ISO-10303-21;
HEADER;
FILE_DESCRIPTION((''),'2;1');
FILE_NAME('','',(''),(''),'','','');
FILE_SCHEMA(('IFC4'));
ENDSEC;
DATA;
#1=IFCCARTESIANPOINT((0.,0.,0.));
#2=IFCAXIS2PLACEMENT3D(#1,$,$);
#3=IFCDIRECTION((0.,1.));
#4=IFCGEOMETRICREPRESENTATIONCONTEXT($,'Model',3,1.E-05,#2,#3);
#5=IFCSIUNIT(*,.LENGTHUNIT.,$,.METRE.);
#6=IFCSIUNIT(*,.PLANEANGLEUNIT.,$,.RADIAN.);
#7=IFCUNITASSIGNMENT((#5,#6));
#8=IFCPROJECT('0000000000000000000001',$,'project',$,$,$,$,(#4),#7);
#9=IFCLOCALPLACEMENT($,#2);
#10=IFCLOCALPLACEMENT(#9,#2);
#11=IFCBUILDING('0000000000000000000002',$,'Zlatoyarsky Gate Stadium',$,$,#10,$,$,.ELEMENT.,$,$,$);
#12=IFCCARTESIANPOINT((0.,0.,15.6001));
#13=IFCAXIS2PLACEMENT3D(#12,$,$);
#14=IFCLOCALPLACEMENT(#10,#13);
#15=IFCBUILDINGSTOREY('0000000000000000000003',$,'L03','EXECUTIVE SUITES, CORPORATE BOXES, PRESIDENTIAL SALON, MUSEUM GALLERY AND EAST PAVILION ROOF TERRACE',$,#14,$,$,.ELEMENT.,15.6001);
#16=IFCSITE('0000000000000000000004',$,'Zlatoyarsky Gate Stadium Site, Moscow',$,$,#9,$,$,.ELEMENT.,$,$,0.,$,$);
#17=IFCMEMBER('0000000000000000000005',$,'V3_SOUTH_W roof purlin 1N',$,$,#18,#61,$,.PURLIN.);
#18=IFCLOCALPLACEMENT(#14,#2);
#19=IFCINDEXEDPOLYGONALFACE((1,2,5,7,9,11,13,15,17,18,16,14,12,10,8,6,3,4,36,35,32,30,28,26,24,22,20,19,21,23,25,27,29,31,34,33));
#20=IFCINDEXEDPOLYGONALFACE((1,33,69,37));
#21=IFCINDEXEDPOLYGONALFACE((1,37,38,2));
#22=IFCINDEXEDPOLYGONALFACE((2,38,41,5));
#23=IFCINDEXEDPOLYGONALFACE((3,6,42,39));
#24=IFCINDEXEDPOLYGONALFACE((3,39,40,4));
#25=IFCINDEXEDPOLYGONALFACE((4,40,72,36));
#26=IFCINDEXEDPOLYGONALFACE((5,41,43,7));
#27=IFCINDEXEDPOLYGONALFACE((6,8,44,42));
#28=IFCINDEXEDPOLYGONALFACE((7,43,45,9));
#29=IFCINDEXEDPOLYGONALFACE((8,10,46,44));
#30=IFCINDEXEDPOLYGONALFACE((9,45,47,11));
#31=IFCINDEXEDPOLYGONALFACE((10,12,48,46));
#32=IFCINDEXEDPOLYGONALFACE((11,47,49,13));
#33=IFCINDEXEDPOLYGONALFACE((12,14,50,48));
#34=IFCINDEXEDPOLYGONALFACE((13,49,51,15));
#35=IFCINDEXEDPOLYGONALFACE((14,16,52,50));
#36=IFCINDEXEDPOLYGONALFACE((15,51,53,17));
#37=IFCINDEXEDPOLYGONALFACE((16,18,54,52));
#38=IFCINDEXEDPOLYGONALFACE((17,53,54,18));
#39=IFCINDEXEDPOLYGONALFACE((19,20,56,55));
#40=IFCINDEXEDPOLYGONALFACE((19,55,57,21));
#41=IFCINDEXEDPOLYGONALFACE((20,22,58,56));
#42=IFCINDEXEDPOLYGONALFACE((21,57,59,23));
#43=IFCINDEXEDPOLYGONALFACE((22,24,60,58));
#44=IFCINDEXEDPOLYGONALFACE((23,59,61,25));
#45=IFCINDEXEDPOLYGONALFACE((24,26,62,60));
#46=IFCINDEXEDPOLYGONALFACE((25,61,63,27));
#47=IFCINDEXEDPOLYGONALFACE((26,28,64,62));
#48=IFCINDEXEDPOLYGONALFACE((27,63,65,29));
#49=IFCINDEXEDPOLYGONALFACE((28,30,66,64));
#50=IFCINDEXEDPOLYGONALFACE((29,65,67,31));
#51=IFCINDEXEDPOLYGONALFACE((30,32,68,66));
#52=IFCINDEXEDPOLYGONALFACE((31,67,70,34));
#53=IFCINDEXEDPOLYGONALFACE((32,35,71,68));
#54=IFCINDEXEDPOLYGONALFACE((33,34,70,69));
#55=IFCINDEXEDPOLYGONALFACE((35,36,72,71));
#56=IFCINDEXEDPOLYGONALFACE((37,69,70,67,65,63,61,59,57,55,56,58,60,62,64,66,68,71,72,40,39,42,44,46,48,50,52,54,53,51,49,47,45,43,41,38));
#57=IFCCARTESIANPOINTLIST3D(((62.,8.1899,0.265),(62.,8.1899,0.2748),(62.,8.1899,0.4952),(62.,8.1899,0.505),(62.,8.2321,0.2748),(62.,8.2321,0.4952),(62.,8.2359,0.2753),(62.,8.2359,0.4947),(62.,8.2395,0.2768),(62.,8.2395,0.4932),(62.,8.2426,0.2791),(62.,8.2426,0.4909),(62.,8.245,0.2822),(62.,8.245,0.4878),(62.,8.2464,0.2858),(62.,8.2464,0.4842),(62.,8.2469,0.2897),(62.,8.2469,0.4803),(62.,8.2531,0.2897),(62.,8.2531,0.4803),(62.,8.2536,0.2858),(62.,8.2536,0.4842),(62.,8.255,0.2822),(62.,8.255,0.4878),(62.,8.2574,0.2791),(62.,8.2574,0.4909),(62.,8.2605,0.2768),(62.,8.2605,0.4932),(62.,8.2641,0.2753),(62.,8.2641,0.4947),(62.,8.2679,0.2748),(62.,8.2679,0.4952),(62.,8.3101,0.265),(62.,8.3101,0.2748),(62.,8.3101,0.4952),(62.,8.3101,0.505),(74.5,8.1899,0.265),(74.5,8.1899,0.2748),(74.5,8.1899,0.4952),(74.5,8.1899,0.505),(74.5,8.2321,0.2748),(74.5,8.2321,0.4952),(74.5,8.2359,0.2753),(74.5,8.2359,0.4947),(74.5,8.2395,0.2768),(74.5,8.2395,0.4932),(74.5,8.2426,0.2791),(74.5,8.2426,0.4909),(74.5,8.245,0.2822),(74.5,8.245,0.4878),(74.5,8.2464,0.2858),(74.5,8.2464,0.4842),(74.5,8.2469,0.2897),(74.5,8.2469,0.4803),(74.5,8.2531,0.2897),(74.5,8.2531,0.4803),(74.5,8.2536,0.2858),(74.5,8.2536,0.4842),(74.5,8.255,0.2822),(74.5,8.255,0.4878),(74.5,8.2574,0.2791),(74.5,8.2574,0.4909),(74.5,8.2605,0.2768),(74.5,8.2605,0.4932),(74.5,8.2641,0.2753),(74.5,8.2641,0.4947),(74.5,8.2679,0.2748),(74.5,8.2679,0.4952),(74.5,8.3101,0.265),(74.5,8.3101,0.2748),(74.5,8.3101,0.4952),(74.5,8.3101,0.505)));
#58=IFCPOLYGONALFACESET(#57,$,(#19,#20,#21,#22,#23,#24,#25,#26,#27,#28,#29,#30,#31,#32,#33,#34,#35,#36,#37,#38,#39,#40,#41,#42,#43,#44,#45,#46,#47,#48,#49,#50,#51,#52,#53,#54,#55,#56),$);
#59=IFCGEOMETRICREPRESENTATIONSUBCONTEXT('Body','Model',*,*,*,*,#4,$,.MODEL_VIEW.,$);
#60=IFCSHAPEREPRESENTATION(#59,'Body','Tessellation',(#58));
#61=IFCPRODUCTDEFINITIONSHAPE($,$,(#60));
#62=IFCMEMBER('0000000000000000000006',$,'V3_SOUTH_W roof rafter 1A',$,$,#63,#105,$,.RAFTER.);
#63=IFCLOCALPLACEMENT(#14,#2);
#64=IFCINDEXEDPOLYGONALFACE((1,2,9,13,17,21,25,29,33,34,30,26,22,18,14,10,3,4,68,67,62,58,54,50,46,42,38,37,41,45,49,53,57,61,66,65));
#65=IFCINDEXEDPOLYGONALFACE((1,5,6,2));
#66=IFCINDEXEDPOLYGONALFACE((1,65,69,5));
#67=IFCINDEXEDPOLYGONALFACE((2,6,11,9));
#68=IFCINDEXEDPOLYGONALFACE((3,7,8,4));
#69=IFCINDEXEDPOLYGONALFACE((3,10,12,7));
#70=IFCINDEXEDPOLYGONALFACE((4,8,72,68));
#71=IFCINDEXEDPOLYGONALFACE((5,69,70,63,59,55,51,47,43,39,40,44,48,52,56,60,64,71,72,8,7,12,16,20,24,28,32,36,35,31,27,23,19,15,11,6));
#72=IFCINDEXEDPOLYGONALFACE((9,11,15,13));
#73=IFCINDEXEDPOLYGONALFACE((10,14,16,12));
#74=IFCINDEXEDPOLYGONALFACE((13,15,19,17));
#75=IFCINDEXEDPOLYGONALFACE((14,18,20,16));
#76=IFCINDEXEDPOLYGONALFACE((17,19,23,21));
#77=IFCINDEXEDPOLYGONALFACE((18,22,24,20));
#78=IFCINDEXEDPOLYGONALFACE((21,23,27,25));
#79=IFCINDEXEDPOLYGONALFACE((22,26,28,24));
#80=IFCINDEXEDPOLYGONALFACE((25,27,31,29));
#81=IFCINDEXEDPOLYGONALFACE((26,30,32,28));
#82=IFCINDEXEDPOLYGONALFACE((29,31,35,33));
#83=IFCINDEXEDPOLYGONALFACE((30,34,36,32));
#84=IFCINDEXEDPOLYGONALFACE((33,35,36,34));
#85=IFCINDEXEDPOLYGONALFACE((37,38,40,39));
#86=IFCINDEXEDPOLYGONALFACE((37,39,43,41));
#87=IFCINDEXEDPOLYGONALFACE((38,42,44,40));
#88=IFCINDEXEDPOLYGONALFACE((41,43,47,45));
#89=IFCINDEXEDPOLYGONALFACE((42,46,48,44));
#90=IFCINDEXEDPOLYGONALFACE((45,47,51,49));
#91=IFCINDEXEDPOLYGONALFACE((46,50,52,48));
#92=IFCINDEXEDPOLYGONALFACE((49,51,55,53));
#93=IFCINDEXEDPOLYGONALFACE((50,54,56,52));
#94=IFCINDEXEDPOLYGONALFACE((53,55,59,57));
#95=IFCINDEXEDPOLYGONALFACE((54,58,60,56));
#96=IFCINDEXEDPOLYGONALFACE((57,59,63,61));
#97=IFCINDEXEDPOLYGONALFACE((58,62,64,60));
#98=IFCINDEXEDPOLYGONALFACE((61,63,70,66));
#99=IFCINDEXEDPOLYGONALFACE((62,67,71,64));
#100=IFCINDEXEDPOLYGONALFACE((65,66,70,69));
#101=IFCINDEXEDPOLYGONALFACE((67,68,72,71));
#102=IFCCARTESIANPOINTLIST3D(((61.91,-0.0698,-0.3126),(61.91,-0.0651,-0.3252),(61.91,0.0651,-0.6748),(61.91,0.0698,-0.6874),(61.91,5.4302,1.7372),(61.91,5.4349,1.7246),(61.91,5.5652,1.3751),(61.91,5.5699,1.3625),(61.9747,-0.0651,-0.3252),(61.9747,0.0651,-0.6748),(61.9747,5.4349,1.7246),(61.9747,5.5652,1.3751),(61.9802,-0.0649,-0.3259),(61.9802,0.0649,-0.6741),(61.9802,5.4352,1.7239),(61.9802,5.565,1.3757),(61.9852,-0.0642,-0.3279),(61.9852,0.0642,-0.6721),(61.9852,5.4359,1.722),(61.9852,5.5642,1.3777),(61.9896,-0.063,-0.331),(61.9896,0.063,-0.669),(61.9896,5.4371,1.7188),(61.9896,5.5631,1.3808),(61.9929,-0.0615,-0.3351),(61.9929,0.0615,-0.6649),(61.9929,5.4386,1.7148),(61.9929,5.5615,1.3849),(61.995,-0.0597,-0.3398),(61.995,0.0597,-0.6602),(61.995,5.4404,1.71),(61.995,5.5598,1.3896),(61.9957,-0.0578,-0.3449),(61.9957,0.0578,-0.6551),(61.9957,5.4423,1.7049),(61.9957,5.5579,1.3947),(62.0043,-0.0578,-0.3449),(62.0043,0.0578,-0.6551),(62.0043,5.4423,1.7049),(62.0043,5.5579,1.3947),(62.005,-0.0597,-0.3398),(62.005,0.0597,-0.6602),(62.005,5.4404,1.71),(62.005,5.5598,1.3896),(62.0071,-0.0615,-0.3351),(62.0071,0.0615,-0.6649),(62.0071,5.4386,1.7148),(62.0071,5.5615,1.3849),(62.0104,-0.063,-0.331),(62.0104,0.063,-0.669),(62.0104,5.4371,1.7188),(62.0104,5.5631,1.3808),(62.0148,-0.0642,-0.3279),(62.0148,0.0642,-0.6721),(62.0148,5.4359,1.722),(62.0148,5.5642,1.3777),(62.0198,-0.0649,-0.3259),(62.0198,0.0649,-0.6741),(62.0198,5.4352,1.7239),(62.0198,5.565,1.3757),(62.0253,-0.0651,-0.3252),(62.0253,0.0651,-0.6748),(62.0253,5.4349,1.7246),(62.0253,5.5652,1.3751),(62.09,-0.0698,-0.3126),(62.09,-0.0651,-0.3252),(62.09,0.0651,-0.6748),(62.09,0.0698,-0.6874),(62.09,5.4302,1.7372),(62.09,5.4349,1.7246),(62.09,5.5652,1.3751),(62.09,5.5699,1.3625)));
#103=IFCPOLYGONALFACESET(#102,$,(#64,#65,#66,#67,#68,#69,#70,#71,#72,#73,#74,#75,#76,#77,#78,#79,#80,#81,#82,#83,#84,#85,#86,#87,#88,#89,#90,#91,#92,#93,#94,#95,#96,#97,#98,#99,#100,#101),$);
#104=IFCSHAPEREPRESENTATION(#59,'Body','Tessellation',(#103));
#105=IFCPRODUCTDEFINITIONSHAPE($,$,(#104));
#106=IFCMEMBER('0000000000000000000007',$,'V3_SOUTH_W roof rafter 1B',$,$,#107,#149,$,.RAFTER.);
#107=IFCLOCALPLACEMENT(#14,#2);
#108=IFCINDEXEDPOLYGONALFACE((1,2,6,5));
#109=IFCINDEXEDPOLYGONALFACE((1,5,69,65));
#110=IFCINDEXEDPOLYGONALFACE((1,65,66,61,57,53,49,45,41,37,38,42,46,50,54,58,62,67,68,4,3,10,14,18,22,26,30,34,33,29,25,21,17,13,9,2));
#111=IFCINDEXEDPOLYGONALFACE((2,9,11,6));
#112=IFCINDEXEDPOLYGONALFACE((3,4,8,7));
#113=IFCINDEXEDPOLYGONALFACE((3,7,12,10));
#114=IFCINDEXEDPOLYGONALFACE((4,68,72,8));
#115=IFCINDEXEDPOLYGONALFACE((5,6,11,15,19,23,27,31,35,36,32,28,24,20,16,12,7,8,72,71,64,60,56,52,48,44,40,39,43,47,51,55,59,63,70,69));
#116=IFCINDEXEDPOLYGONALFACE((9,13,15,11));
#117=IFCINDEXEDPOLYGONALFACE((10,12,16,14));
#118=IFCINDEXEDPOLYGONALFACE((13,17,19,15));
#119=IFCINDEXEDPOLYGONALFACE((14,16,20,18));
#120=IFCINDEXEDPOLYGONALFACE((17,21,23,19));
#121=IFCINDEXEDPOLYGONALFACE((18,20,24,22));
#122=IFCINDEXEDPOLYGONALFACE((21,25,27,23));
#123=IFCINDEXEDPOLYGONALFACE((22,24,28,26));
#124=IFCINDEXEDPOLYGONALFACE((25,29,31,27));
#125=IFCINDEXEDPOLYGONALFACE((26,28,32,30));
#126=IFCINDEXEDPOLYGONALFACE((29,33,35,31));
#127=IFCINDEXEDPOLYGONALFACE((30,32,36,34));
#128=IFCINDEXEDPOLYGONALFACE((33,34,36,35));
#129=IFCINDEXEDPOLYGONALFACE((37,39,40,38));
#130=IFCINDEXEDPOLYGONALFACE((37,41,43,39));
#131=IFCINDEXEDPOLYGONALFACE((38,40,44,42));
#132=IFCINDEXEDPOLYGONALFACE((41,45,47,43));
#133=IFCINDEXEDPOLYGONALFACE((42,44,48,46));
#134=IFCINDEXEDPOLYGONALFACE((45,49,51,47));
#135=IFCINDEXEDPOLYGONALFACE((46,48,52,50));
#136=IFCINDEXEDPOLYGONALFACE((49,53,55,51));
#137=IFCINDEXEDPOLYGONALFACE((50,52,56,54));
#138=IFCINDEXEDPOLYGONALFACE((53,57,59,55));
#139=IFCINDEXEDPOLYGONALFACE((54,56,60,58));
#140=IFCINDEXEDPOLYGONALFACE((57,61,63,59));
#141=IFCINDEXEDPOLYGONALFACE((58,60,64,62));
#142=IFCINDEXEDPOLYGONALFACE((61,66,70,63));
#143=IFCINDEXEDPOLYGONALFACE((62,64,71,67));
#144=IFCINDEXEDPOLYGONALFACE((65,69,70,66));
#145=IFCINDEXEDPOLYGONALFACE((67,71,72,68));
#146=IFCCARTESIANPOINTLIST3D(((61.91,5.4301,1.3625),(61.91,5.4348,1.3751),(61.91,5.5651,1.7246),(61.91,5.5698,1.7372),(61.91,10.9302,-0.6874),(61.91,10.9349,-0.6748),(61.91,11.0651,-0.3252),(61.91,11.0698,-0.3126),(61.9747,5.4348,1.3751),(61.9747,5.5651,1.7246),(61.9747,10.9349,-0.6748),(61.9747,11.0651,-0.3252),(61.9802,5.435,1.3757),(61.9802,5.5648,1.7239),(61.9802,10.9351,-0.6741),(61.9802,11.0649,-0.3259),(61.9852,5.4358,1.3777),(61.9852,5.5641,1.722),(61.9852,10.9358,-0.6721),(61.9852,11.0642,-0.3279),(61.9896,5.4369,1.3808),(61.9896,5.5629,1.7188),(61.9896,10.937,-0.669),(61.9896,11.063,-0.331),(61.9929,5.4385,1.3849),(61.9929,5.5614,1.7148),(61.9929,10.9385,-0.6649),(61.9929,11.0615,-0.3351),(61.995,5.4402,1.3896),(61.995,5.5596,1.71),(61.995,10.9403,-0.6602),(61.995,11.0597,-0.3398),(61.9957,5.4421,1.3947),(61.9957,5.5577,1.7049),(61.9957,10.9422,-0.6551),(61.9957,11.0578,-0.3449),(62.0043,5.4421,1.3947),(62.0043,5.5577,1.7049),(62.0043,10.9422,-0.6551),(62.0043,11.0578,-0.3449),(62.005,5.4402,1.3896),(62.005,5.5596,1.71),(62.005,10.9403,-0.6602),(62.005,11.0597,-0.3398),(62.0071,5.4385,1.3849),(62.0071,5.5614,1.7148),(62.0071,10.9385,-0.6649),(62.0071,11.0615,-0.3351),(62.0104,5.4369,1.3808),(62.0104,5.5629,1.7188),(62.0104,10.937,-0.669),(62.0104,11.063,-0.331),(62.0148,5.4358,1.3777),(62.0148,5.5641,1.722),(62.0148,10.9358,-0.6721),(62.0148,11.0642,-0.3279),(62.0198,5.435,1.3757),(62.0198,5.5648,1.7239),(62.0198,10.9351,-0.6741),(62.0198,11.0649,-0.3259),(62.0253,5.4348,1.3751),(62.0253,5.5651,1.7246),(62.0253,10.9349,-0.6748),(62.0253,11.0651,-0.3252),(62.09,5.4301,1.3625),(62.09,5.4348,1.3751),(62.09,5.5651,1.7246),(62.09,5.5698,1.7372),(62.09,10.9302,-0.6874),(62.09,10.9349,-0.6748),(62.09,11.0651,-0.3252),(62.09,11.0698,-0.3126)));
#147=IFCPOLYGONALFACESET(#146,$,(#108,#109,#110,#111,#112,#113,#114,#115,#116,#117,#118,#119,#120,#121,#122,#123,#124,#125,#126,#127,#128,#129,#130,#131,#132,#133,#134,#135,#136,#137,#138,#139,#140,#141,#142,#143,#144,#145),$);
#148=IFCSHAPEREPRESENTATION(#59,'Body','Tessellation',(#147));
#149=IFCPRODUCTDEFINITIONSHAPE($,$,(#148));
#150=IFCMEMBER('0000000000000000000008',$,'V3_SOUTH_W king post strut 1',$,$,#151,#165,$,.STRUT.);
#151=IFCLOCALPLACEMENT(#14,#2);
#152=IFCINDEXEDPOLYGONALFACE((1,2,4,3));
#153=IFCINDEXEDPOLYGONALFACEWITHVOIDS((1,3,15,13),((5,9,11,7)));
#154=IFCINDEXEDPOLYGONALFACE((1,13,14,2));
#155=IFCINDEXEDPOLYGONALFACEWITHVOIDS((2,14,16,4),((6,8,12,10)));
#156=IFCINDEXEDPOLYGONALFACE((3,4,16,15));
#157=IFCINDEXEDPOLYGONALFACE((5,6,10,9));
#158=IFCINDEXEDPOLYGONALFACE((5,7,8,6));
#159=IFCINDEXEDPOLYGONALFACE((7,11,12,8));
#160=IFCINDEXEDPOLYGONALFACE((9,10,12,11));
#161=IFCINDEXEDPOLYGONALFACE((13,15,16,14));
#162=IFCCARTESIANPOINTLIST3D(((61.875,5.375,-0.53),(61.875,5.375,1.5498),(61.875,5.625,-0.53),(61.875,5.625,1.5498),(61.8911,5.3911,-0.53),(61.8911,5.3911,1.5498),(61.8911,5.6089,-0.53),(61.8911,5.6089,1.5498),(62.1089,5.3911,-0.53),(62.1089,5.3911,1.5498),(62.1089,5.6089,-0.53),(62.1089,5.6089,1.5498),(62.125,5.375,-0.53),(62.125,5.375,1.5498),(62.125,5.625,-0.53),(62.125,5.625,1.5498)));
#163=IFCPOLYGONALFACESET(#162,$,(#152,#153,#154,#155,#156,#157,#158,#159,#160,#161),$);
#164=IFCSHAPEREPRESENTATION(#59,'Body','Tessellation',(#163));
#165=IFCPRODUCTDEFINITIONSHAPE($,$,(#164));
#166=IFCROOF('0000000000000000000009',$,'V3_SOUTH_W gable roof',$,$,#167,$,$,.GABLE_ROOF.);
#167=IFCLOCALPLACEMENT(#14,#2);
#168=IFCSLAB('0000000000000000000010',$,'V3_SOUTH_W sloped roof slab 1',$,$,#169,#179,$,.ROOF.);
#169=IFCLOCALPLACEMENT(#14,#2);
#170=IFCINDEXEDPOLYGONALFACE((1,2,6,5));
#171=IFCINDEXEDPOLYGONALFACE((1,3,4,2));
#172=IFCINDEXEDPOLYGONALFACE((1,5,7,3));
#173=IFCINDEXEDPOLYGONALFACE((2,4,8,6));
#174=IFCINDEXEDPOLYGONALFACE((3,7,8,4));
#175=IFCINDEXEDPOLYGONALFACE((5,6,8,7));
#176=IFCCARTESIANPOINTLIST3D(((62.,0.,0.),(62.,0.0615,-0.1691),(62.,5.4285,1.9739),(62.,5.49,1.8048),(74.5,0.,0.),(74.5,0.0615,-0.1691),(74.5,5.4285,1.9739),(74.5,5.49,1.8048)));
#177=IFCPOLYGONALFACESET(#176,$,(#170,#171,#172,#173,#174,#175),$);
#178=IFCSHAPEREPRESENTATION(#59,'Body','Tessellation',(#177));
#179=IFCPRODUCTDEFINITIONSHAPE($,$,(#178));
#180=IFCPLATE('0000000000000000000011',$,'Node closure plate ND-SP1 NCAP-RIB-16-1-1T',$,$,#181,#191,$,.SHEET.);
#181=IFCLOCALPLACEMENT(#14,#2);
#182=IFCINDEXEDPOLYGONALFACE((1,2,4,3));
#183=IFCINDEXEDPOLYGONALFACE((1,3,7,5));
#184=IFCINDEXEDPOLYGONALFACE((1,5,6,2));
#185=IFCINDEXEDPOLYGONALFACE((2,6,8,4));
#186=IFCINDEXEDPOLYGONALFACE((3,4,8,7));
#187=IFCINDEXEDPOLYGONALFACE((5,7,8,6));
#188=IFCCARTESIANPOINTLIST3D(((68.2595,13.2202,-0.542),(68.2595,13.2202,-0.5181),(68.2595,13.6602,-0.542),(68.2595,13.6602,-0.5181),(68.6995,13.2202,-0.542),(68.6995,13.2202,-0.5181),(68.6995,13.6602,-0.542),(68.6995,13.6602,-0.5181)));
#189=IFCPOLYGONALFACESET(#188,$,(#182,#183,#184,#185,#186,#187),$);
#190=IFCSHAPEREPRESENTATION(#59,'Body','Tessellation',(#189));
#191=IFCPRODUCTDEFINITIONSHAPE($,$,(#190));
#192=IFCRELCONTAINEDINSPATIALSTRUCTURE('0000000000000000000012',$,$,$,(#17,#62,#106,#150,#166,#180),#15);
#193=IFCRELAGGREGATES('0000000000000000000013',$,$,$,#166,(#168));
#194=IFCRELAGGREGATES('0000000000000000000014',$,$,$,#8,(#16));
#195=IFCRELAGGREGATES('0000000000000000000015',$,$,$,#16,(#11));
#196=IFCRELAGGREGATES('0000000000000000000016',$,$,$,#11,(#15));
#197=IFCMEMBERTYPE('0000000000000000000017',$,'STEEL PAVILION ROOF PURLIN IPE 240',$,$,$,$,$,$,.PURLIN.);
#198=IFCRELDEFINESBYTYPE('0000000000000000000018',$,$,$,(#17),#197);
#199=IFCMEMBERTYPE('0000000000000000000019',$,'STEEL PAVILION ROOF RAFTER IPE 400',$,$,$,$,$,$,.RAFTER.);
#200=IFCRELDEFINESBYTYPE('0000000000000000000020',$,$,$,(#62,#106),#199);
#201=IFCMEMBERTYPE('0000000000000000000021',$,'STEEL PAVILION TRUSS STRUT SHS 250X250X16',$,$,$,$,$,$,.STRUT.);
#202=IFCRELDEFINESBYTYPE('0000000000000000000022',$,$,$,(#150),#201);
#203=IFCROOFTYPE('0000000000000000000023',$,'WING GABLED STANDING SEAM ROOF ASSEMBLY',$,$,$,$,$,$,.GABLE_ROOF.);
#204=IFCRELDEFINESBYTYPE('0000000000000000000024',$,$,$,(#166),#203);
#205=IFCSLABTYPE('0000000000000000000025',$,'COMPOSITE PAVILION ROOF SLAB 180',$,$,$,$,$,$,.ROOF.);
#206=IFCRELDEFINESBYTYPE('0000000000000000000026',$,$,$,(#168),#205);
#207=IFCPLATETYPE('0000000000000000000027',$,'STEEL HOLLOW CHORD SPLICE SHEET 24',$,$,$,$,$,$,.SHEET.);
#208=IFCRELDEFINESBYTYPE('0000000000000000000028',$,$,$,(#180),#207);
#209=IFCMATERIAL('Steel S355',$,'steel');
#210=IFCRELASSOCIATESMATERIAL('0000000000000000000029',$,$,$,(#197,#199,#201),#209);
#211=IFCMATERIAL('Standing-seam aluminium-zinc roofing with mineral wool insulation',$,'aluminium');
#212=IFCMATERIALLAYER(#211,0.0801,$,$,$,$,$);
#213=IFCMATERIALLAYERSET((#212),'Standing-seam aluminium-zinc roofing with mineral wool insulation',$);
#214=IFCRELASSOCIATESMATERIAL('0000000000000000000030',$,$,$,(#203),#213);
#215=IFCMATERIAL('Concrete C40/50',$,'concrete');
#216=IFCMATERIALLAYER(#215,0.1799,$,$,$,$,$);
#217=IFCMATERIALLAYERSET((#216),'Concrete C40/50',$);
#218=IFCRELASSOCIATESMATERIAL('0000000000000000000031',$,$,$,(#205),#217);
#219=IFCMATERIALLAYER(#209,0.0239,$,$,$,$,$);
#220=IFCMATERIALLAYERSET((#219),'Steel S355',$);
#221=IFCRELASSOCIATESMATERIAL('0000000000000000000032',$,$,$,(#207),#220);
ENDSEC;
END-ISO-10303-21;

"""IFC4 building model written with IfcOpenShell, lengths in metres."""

from ifc_helpers import new_model, si_unit, direction, frame, origin, origin_2d, place, context, subcontext, project, spatial, polyline, rectangle, hollow_rectangle, i_section, outline, extrude, material, layer, layer_set, material_profile, profile_set, type_object, element, aggregate, save


model = new_model("IFC4")

# Units and contexts
model_context = context("Model", 3, precision=1e-05, world=origin(), true_north=direction((0.0, 1.0)))
body_context = subcontext(model_context, "Body", "Model", "MODEL_VIEW")
ifc_project = project(units=[si_unit("LENGTHUNIT", "METRE"), si_unit("PLANEANGLEUNIT", "RADIAN")], contexts=[model_context])

# Site, building, storey
site_placement = place(None, origin())
site = spatial("IfcSite", under=ifc_project, at=site_placement, Name="Zlatoyarsky Gate Stadium Site, Moscow", CompositionType="ELEMENT", RefElevation=0.0)
building_placement = place(site_placement, origin())
building = spatial("IfcBuilding", under=site, at=building_placement, Name="Zlatoyarsky Gate Stadium", CompositionType="ELEMENT")
storey_placement = place(building_placement, frame((0.0, 0.0, 15.6001)))
storey = spatial("IfcBuildingStorey", under=building, at=storey_placement, Name="L03", Description="EXECUTIVE SUITES, CORPORATE BOXES, PRESIDENTIAL SALON, MUSEUM GALLERY AND EAST PAVILION ROOF TERRACE", CompositionType="ELEMENT", Elevation=15.6001)

# Shared definitions
ifc_material_1 = material(Name="Steel S355", Category="steel")

# Members
ifc_material_profile_1 = material_profile(ifc_material_1, i_section(OverallWidth=0.1201, OverallDepth=0.24, WebThickness=0.0061, FlangeThickness=0.0098, FilletRadius=0.0149, at=origin_2d()), Name="IPE 240")
ifc_profile_set_1 = profile_set([ifc_material_profile_1], Name="Steel S355")
member_type_1 = type_object("IfcMemberType", Name="STEEL PAVILION ROOF PURLIN IPE 240", PredefinedType="PURLIN", material=ifc_profile_set_1)
for number, where, z_axis, x_axis, name in (
    (1, (62.0, 8.25, 0.385), (1.0, 0.0, 0.0), (0.0, 1.0, 0.0), "V3_SOUTH_W roof purlin 1N"),
):
    element("IfcMember", number, at=place(storey_placement, frame(where, z_axis=z_axis, x_axis=x_axis)), inside=storey, type_object=member_type_1, Name=name, PredefinedType="PURLIN", context=body_context, shape_type="SweptSolid", body=[
        extrude(i_section(OverallWidth=0.1201, OverallDepth=0.24, WebThickness=0.0061, FlangeThickness=0.0098, FilletRadius=0.0149, at=origin_2d()), origin(), (0.0, 0.0, 1.0), 12.5),
    ])
ifc_material_profile_2 = material_profile(ifc_material_1, i_section(OverallWidth=0.1799, OverallDepth=0.3999, WebThickness=0.0085, FlangeThickness=0.0134, FilletRadius=0.021, at=origin_2d()), Name="IPE 400")
ifc_profile_set_2 = profile_set([ifc_material_profile_2], Name="Steel S355")
member_type_2 = type_object("IfcMemberType", Name="STEEL PAVILION ROOF RAFTER IPE 400", PredefinedType="RAFTER", material=ifc_profile_set_2)
for number, where, z_axis, x_axis, name in (
    (2, (62.0, 0.0, -0.5), (0.0, 0.937038, 0.349226), (-1.0, 0.0, 0.0), "V3_SOUTH_W roof rafter 1A"),
    (3, (62.0, 11.0, -0.5), (0.0, -0.937038, 0.349226), (1.0, 0.0, 0.0), "V3_SOUTH_W roof rafter 1B"),
):
    element("IfcMember", number, at=place(storey_placement, frame(where, z_axis=z_axis, x_axis=x_axis)), inside=storey, type_object=member_type_2, Name=name, PredefinedType="RAFTER", context=body_context, shape_type="SweptSolid", body=[
        extrude(i_section(OverallWidth=0.1799, OverallDepth=0.3999, WebThickness=0.0085, FlangeThickness=0.0134, FilletRadius=0.021, at=origin_2d()), origin(), (0.0, 0.0, 1.0), 5.8696),
    ])
ifc_material_profile_3 = material_profile(ifc_material_1, hollow_rectangle(XDim=0.25, YDim=0.25, WallThickness=0.0161, at=origin_2d()), Name="SHS 250X250X16")
ifc_profile_set_3 = profile_set([ifc_material_profile_3], Name="Steel S355")
member_type_3 = type_object("IfcMemberType", Name="STEEL PAVILION TRUSS STRUT SHS 250X250X16", PredefinedType="STRUT", material=ifc_profile_set_3)
member_1_placement = place(storey_placement, frame((62.0, 5.5, -0.53), z_axis=(0.0, 0.0, 1.0), x_axis=(1.0, 0.0, 0.0)))
element("IfcMember", 4, at=member_1_placement, inside=storey, type_object=member_type_3, Name="V3_SOUTH_W king post strut 1", PredefinedType="STRUT", context=body_context, shape_type="SweptSolid", body=[
    extrude(hollow_rectangle(XDim=0.25, YDim=0.25, WallThickness=0.0161, at=origin_2d()), origin(), (0.0, 0.0, 1.0), 2.0798),
])

# Roof, slab
ifc_material_2 = material(Name="Standing-seam aluminium-zinc roofing with mineral wool insulation", Category="aluminium")
ifc_layer_1 = layer(ifc_material_2, 0.0801)
ifc_layer_set_1 = layer_set([ifc_layer_1], Name="Standing-seam aluminium-zinc roofing with mineral wool insulation")
roof_type = type_object("IfcRoofType", Name="WING GABLED STANDING SEAM ROOF ASSEMBLY", PredefinedType="GABLE_ROOF", material=ifc_layer_set_1)
roof_placement = place(storey_placement, origin())
roof = element("IfcRoof", 5, at=roof_placement, inside=storey, type_object=roof_type, Name="V3_SOUTH_W gable roof", PredefinedType="GABLE_ROOF")
ifc_material_3 = material(Name="Concrete C40/50", Category="concrete")
ifc_layer_2 = layer(ifc_material_3, 0.1799)
ifc_layer_set_2 = layer_set([ifc_layer_2], Name="Concrete C40/50")
slab_type = type_object("IfcSlabType", Name="COMPOSITE PAVILION ROOF SLAB 180", PredefinedType="ROOF", material=ifc_layer_set_2)
slab_placement = place(storey_placement, frame((62.0, 0.0, 0.0), z_axis=(0.0, -0.341726, 0.9398), x_axis=(1.0, 0.0, 0.0)))
slab = element("IfcSlab", 6, at=slab_placement, type_object=slab_type, Name="V3_SOUTH_W sloped roof slab 1", PredefinedType="ROOF", context=body_context, shape_type="SweptSolid", body=[
    extrude(outline(polyline([(0.0, 0.0), (12.5, 0.0), (12.5, 5.7762), (0.0, 5.7762), (0.0, 0.0)])), origin(), (0.0, 0.0, -1.0), 0.1799),
])

# Plate
ifc_layer_3 = layer(ifc_material_1, 0.0239)
ifc_layer_set_3 = layer_set([ifc_layer_3], Name="Steel S355")
plate_type_1 = type_object("IfcPlateType", Name="STEEL HOLLOW CHORD SPLICE SHEET 24", PredefinedType="SHEET", material=ifc_layer_set_3)
plate_1_placement = place(storey_placement, frame((68.4795, 13.4402, -0.542), z_axis=(0.0, 0.0, 1.0), x_axis=(1.0, 0.0, 0.0)))
element("IfcPlate", 7, at=plate_1_placement, inside=storey, type_object=plate_type_1, Name="Node closure plate ND-SP1 NCAP-RIB-16-1-1T", PredefinedType="SHEET", context=body_context, shape_type="SweptSolid", body=[
    extrude(rectangle(XDim=0.4399, YDim=0.4399, at=origin_2d()), origin(), (0.0, 0.0, 1.0), 0.0239),
])

aggregate(roof, [slab])

save(model, "model.ifc")
